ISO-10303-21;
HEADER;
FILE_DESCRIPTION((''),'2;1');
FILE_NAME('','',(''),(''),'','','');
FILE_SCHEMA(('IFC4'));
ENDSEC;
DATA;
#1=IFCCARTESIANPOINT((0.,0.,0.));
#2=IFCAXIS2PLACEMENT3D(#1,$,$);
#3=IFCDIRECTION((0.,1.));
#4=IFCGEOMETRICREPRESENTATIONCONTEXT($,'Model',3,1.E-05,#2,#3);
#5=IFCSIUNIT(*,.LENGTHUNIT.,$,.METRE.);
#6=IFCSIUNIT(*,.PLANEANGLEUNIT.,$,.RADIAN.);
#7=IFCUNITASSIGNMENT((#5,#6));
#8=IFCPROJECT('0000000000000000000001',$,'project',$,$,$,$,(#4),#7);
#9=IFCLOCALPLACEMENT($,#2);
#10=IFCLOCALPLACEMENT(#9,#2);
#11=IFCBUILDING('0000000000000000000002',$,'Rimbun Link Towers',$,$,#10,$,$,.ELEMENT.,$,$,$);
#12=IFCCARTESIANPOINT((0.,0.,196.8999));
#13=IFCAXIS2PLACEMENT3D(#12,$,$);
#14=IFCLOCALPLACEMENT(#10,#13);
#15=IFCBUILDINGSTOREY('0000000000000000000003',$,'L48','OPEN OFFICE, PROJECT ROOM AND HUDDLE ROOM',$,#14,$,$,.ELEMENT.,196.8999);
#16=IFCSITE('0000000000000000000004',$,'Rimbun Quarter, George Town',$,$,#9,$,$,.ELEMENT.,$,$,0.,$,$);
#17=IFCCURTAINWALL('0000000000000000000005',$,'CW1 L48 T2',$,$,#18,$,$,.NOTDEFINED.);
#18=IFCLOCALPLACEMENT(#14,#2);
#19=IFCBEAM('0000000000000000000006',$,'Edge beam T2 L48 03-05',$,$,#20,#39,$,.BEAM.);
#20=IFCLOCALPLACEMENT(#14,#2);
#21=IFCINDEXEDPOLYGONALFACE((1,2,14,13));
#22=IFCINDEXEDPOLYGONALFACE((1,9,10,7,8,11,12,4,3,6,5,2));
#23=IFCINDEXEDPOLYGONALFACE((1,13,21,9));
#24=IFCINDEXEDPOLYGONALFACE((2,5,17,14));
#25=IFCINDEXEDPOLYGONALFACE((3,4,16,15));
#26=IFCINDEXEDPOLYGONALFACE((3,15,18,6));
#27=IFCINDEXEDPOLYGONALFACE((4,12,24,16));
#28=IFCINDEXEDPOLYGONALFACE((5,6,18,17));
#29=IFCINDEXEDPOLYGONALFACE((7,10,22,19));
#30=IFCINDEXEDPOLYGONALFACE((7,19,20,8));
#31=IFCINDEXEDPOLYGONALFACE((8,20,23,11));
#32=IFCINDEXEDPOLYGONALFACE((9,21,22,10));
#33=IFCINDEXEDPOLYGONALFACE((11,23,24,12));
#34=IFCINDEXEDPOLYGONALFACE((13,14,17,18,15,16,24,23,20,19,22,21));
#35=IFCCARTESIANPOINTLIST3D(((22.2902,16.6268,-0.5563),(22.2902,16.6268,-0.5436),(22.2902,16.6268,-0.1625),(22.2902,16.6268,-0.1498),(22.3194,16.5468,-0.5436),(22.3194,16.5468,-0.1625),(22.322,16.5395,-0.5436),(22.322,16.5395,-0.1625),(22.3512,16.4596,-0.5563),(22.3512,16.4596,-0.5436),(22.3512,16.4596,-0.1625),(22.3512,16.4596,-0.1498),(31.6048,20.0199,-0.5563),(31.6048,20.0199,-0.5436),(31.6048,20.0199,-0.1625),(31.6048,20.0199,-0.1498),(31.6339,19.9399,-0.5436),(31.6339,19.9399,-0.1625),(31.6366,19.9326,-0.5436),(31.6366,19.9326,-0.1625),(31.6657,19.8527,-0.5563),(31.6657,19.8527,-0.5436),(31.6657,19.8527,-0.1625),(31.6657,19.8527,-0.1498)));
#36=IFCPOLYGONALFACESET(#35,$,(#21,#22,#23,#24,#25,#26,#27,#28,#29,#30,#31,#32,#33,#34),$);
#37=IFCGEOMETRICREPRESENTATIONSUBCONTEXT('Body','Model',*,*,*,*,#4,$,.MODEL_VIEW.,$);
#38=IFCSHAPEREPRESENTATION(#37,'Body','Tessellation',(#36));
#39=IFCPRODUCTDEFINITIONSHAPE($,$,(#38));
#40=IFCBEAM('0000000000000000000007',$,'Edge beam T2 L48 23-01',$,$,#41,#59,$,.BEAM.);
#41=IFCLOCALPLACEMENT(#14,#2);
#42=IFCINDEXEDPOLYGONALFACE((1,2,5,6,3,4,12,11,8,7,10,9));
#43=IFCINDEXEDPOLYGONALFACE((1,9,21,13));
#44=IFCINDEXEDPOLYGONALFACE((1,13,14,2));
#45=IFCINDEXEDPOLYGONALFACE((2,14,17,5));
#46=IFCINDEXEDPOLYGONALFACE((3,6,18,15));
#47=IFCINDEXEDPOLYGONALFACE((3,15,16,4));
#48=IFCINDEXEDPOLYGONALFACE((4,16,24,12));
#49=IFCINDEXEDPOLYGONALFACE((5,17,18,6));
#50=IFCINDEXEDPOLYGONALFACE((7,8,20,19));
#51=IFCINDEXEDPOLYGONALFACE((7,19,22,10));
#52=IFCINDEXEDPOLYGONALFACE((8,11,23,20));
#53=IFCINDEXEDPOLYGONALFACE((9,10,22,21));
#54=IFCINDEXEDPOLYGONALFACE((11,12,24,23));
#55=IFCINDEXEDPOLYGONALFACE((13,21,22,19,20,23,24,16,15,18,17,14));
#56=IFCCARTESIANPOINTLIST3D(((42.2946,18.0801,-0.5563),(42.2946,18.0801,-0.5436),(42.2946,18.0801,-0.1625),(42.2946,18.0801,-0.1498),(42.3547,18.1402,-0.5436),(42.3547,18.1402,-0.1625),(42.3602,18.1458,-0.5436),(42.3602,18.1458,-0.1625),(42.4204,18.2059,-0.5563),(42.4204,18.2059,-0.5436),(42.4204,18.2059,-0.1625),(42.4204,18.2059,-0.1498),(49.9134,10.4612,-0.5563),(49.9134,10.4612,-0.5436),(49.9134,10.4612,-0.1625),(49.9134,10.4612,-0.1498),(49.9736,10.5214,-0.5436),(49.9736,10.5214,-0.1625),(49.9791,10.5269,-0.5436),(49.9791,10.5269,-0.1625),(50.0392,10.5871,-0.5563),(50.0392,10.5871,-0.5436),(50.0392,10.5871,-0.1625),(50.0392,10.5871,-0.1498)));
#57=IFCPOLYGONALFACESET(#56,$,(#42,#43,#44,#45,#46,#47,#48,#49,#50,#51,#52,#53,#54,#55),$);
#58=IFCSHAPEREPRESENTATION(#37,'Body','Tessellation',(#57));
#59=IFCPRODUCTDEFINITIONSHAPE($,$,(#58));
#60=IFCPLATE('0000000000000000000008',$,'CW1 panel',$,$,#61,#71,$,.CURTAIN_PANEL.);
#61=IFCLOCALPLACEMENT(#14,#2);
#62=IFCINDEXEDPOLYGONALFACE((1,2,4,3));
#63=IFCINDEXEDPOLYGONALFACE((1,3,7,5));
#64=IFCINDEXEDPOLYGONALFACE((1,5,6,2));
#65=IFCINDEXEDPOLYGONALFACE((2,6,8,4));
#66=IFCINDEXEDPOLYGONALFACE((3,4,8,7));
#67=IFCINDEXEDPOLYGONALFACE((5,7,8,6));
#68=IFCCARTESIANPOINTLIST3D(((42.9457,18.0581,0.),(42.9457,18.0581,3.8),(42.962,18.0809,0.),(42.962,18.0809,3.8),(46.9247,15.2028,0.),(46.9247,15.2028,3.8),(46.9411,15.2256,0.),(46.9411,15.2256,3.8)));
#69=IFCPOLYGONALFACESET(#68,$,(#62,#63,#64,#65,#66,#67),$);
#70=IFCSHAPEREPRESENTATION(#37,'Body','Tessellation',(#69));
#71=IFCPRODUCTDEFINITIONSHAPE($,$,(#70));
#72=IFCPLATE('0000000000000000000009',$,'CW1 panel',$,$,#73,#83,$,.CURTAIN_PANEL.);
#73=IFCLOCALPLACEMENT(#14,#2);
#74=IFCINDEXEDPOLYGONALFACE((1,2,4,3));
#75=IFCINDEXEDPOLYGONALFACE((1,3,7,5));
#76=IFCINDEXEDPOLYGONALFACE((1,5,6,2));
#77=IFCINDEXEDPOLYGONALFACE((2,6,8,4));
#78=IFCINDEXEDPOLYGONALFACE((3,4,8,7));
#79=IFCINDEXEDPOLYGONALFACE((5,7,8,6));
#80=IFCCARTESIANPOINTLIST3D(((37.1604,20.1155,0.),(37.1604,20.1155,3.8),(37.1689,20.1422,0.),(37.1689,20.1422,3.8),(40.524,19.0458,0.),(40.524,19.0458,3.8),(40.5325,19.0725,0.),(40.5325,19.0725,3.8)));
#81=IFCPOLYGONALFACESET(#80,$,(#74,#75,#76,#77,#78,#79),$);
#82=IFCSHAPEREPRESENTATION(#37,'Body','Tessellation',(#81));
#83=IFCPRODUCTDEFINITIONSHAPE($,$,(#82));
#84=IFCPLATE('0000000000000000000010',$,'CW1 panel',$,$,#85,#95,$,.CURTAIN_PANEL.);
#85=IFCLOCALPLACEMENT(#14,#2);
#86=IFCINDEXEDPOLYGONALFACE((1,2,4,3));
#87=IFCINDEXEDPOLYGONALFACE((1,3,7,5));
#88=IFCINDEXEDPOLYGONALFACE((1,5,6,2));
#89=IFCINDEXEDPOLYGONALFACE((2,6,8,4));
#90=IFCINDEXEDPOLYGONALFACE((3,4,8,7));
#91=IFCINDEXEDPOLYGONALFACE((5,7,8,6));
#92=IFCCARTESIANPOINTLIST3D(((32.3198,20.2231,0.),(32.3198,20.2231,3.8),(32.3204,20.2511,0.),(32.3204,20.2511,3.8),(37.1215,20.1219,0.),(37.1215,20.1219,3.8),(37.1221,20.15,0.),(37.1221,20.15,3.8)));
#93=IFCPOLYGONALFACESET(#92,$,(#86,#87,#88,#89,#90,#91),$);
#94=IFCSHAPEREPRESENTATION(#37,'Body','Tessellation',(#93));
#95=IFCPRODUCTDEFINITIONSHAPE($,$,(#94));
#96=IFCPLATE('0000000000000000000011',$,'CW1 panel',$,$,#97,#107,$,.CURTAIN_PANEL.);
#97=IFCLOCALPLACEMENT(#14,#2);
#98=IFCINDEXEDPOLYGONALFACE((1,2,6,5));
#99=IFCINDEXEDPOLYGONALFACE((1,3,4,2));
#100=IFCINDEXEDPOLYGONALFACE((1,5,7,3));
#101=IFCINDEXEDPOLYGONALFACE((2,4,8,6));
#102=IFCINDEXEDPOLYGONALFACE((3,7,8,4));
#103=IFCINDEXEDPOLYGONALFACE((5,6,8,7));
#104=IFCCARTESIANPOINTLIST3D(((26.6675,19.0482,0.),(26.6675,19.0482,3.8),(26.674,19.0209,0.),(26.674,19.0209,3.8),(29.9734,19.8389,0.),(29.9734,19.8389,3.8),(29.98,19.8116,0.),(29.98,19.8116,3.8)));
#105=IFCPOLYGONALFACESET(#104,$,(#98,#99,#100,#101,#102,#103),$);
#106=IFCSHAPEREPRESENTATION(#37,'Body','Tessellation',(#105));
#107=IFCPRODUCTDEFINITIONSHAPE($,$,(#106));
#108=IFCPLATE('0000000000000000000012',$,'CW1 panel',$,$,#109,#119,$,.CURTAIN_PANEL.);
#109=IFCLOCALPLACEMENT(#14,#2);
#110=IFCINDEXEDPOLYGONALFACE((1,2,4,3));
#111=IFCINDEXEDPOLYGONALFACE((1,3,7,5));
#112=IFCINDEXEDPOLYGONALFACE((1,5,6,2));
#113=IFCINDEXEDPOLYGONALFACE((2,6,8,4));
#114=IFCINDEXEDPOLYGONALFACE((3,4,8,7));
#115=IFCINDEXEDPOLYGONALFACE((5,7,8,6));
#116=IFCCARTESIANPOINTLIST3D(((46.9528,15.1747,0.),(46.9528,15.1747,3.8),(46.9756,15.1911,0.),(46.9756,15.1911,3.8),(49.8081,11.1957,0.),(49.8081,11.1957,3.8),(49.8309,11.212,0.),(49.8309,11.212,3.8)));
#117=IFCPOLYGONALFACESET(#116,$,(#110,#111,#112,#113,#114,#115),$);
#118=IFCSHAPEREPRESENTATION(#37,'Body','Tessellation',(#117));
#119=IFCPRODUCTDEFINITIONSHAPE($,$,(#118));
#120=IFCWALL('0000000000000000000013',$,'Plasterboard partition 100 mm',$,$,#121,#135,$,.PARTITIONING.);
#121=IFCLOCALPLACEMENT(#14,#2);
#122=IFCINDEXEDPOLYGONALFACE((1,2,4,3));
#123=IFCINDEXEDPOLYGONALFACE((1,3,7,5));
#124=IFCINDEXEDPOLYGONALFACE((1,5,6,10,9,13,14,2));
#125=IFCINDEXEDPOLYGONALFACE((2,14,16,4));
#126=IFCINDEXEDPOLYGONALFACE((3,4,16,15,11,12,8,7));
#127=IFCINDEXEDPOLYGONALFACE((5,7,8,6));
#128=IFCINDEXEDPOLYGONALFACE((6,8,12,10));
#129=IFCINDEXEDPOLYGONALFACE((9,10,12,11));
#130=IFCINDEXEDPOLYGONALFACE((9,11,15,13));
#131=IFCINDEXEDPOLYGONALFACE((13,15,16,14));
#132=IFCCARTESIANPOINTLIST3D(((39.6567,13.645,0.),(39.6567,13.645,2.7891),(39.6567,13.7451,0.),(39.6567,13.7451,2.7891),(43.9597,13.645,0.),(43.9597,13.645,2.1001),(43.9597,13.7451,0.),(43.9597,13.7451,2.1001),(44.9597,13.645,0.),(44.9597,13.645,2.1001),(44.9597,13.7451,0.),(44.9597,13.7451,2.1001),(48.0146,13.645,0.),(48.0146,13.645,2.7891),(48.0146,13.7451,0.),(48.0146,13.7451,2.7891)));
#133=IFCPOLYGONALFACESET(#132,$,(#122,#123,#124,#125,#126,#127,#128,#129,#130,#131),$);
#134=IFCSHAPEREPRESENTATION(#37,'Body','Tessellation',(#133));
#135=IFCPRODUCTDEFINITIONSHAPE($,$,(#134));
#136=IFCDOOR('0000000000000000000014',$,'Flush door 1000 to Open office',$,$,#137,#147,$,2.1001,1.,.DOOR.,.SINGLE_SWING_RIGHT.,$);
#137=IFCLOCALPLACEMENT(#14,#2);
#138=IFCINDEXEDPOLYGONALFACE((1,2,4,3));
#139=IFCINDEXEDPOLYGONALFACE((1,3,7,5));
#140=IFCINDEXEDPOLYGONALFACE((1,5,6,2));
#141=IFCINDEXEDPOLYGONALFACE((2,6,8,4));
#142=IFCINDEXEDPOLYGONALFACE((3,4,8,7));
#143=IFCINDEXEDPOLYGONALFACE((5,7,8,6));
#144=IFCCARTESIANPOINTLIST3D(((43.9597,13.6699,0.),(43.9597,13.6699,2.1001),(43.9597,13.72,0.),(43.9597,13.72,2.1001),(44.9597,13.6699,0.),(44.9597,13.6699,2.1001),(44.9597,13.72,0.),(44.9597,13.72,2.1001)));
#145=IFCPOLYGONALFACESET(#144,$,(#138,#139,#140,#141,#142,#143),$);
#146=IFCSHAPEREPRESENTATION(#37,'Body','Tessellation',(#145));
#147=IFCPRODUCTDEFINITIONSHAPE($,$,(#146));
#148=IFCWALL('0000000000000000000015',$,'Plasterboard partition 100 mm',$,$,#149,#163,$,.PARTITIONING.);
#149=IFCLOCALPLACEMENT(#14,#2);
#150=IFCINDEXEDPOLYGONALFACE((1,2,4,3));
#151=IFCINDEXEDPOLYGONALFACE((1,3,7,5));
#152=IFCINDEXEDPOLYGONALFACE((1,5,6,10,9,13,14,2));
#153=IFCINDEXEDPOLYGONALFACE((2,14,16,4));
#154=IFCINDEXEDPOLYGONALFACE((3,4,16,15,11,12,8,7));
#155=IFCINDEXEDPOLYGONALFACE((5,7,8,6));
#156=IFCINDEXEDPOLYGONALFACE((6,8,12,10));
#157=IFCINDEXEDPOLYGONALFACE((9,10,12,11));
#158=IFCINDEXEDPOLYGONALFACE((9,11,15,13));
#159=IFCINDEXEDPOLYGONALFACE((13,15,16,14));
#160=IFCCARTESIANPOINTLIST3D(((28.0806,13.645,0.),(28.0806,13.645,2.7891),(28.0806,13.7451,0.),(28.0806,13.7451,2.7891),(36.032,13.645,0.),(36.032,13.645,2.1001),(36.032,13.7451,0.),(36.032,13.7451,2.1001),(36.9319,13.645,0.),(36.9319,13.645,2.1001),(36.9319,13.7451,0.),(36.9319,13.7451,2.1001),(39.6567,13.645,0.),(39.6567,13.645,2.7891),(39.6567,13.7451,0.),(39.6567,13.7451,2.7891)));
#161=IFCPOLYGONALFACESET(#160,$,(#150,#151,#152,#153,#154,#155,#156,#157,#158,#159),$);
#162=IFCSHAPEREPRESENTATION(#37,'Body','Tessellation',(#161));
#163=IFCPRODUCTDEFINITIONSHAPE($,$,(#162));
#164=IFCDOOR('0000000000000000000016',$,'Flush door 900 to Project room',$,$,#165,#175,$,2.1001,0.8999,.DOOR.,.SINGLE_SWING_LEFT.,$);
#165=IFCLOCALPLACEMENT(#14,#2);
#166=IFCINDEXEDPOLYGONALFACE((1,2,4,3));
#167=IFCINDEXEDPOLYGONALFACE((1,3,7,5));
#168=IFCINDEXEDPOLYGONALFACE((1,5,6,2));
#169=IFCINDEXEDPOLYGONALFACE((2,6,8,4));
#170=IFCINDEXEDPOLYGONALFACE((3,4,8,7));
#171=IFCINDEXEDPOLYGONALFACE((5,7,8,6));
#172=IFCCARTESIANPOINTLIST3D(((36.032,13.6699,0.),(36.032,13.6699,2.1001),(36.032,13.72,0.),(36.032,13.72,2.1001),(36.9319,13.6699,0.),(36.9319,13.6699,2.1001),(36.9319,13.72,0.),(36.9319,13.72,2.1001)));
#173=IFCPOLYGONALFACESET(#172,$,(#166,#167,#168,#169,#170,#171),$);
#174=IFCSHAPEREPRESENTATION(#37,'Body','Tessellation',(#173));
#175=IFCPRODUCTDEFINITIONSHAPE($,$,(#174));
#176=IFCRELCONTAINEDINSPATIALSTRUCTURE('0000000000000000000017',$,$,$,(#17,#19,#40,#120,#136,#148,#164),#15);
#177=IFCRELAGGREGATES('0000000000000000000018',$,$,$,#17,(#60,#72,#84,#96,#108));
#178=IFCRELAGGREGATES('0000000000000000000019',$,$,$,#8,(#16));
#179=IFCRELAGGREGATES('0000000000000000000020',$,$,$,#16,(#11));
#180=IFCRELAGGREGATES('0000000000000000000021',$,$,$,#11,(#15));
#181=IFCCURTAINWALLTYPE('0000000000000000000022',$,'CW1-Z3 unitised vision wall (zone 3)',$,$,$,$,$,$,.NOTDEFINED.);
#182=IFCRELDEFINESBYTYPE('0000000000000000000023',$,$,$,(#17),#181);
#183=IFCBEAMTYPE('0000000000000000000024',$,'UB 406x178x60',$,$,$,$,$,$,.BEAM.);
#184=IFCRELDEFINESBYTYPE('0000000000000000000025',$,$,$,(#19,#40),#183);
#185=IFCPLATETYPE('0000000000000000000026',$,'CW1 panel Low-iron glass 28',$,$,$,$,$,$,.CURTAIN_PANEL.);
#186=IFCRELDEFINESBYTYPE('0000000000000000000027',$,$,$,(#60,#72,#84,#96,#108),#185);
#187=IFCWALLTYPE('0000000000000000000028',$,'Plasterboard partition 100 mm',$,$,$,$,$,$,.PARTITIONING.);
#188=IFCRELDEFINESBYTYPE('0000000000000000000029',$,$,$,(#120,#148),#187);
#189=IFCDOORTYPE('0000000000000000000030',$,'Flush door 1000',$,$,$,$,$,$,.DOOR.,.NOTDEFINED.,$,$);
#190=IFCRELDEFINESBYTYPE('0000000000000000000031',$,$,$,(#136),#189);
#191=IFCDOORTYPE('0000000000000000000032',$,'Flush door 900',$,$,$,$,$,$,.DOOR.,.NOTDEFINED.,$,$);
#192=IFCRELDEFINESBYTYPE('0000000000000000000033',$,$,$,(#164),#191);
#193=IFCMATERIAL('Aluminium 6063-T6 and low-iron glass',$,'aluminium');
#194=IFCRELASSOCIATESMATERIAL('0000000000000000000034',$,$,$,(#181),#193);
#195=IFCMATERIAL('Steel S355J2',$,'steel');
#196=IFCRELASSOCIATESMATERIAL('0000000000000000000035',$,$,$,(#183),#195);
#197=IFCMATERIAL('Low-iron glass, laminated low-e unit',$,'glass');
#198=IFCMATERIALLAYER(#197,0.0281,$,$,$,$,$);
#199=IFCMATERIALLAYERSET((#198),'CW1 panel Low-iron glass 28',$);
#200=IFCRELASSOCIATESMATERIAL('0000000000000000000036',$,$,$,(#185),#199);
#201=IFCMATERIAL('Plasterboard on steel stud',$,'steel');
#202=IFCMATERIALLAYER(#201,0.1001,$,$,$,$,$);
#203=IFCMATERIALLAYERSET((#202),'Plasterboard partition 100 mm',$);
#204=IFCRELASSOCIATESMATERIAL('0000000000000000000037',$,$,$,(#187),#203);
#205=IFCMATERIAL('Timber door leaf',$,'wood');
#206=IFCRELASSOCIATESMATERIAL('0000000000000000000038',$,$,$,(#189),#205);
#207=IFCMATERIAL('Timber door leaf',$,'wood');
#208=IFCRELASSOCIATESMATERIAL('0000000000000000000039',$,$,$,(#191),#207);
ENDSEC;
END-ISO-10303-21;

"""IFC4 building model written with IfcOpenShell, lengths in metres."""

from ifc_helpers import new_model, si_unit, direction, frame, frame_2d, origin, origin_2d, place, context, subcontext, project, spatial, rectangle, i_section, extrude, material, layer, layer_set, material_profile, profile_set, type_object, element, fill, aggregate, save


model = new_model("IFC4")

# Units and contexts
model_context = context("Model", 3, precision=1e-05, world=origin(), true_north=direction((0.0, 1.0)))
body_context = subcontext(model_context, "Body", "Model", "MODEL_VIEW")
ifc_project = project(units=[si_unit("LENGTHUNIT", "METRE"), si_unit("PLANEANGLEUNIT", "RADIAN")], contexts=[model_context])

# Site, building, storey
site_placement = place(None, origin())
site = spatial("IfcSite", under=ifc_project, at=site_placement, Name="Rimbun Quarter, George Town", CompositionType="ELEMENT", RefElevation=0.0)
building_placement = place(site_placement, origin())
building = spatial("IfcBuilding", under=site, at=building_placement, Name="Rimbun Link Towers", CompositionType="ELEMENT")
storey_placement = place(building_placement, frame((0.0, 0.0, 196.8999)))
storey = spatial("IfcBuildingStorey", under=building, at=storey_placement, Name="L48", Description="OPEN OFFICE, PROJECT ROOM AND HUDDLE ROOM", CompositionType="ELEMENT", Elevation=196.8999)

# Curtain wall
ifc_material_1 = material(Name="Aluminium 6063-T6 and low-iron glass", Category="aluminium")
curtain_wall_type = type_object("IfcCurtainWallType", Name="CW1-Z3 unitised vision wall (zone 3)", PredefinedType="NOTDEFINED", material=ifc_material_1)
curtain_wall_placement = place(storey_placement, origin())
curtain_wall = element("IfcCurtainWall", 1, at=curtain_wall_placement, inside=storey, type_object=curtain_wall_type, Name="CW1 L48 T2", PredefinedType="NOTDEFINED")

# Beams
ifc_material_2 = material(Name="Steel S355J2", Category="steel")
ifc_material_profile_1 = material_profile(ifc_material_2, i_section(OverallWidth=0.178, OverallDepth=0.4065, WebThickness=0.0078, FlangeThickness=0.0127, at=origin_2d()), Name="UB 406x178x60")
ifc_profile_set_1 = profile_set([ifc_material_profile_1], Name="Steel S355J2")
beam_type = type_object("IfcBeamType", Name="UB 406x178x60", PredefinedType="BEAM", material=ifc_profile_set_1)
beam_1_placement = place(storey_placement, frame((31.6353, 19.9363, -0.353), z_axis=(-0.939599, -0.342277, 0.0), x_axis=(0.342277, -0.939599, 0.0)))
element("IfcBeam", 2, at=beam_1_placement, inside=storey, type_object=beam_type, Name="Edge beam T2 L48 03-05", PredefinedType="BEAM", context=body_context, shape_type="SweptSolid", body=[
    extrude(i_section(OverallWidth=0.178, OverallDepth=0.4065, WebThickness=0.0078, FlangeThickness=0.0127, at=origin_2d()), origin(), (0.0, 0.0, 1.0), 9.9133),
])
beam_2_placement = place(storey_placement, frame((49.9763, 10.5242, -0.353), z_axis=(-0.707107, 0.707107, 0.0), x_axis=(-0.707107, -0.707107, 0.0)))
element("IfcBeam", 3, at=beam_2_placement, inside=storey, type_object=beam_type, Name="Edge beam T2 L48 23-01", PredefinedType="BEAM", context=body_context, shape_type="SweptSolid", body=[
    extrude(i_section(OverallWidth=0.178, OverallDepth=0.4065, WebThickness=0.0078, FlangeThickness=0.0127, at=origin_2d()), origin(), (0.0, 0.0, 1.0), 10.7747),
])

# Plates
ifc_material_3 = material(Name="Low-iron glass, laminated low-e unit", Category="glass")
ifc_layer_1 = layer(ifc_material_3, 0.0281)
ifc_layer_set_1 = layer_set([ifc_layer_1], Name="CW1 panel Low-iron glass 28")
plate_type = type_object("IfcPlateType", Name="CW1 panel Low-iron glass 28", PredefinedType="CURTAIN_PANEL", material=ifc_layer_set_1)
plate_1_placement = place(storey_placement, frame((44.9434, 16.6418, 0.0), z_axis=(0.0, 0.0, 1.0), x_axis=(0.812465, -0.583009, 0.0)))
plate_1 = element("IfcPlate", 4, at=plate_1_placement, type_object=plate_type, Name="CW1 panel", PredefinedType="CURTAIN_PANEL", context=body_context, shape_type="SweptSolid", body=[
    extrude(rectangle(XDim=4.8975, YDim=0.0281, at=origin_2d()), origin(), (0.0, 0.0, 1.0), 3.8),
])
plate_2_placement = place(storey_placement, frame((38.8464, 19.594, 0.0), z_axis=(0.0, 0.0, 1.0), x_axis=(0.952968, -0.303071, 0.0)))
plate_2 = element("IfcPlate", 5, at=plate_2_placement, type_object=plate_type, Name="CW1 panel", PredefinedType="CURTAIN_PANEL", context=body_context, shape_type="SweptSolid", body=[
    extrude(rectangle(XDim=3.5295, YDim=0.0281, at=origin_2d()), origin(), (0.0, 0.0, 1.0), 3.8),
])
plate_3_placement = place(storey_placement, frame((34.7209, 20.1865, 0.0), z_axis=(0.0, 0.0, 1.0), x_axis=(0.999778, -0.021066, 0.0)))
plate_3 = element("IfcPlate", 6, at=plate_3_placement, type_object=plate_type, Name="CW1 panel", PredefinedType="CURTAIN_PANEL", context=body_context, shape_type="SweptSolid", body=[
    extrude(rectangle(XDim=4.8027, YDim=0.0281, at=origin_2d()), origin(), (0.0, 0.0, 1.0), 3.8),
])
plate_4_placement = place(storey_placement, frame((28.3237, 19.4299, 0.0), z_axis=(0.0, 0.0, 1.0), x_axis=(0.972569, 0.232616, 0.0)))
plate_4 = element("IfcPlate", 7, at=plate_4_placement, type_object=plate_type, Name="CW1 panel", PredefinedType="CURTAIN_PANEL", context=body_context, shape_type="SweptSolid", body=[
    extrude(rectangle(XDim=3.3992, YDim=0.0281, at=origin_2d()), origin(), (0.0, 0.0, 1.0), 3.8),
])
plate_5_placement = place(storey_placement, frame((48.3918, 13.1934, 0.0), z_axis=(0.0, 0.0, 1.0), x_axis=(0.583009, -0.812465, 0.0)))
plate_5 = element("IfcPlate", 8, at=plate_5_placement, type_object=plate_type, Name="CW1 panel", PredefinedType="CURTAIN_PANEL", context=body_context, shape_type="SweptSolid", body=[
    extrude(rectangle(XDim=4.8975, YDim=0.0281, at=origin_2d()), origin(), (0.0, 0.0, 1.0), 3.8),
])
aggregate(curtain_wall, [plate_1, plate_2, plate_3, plate_4, plate_5])

# Walls, openings, doors
ifc_material_4 = material(Name="Plasterboard on steel stud", Category="steel")
ifc_layer_2 = layer(ifc_material_4, 0.1001)
ifc_layer_set_2 = layer_set([ifc_layer_2], Name="Plasterboard partition 100 mm")
wall_type = type_object("IfcWallType", Name="Plasterboard partition 100 mm", PredefinedType="PARTITIONING", material=ifc_layer_set_2)
wall_1_placement = place(storey_placement, frame((39.6567, 13.6951, 0.0), z_axis=(0.0, 0.0, 1.0), x_axis=(1.0, 0.0, 0.0)))
wall_1 = element("IfcWall", 9, at=wall_1_placement, inside=storey, type_object=wall_type, Name="Plasterboard partition 100 mm", PredefinedType="PARTITIONING", context=body_context, shape_type="SweptSolid", body=[
    extrude(rectangle(XDim=8.3579, YDim=0.1001, at=frame_2d((4.179, 0.0))), origin(), (0.0, 0.0, 1.0), 2.7891),
])
opening_1_placement = place(wall_1_placement, frame((4.303, 0.0, 0.0)))
opening_1 = element("IfcOpeningElement", 10, at=opening_1_placement, cuts=wall_1, PredefinedType="OPENING", context=body_context, shape_type="SweptSolid", body=[
    extrude(rectangle(XDim=1.0, YDim=2.1001, at=frame_2d((0.5, 1.05))), frame((0.0, 0.0601, 0.0), z_axis=(0.0, -1.0, 0.0), x_axis=(1.0, 0.0, 0.0)), (0.0, 0.0, 1.0), 0.1201),
])
ifc_material_5 = material(Name="Timber door leaf", Category="wood")
door_type_1 = type_object("IfcDoorType", Name="Flush door 1000", OperationType="NOTDEFINED", PredefinedType="DOOR", material=ifc_material_5)
door_1_placement = place(opening_1_placement, origin())
door_1 = element("IfcDoor", 11, at=door_1_placement, inside=storey, type_object=door_type_1, Name="Flush door 1000 to Open office", OperationType="SINGLE_SWING_RIGHT", OverallHeight=2.1001, OverallWidth=1.0, PredefinedType="DOOR", context=body_context, shape_type="SweptSolid", body=[
    extrude(rectangle(XDim=1.0, YDim=2.1001, at=frame_2d((0.5, 1.05))), frame((0.0, 0.0249, 0.0), z_axis=(0.0, -1.0, 0.0), x_axis=(1.0, 0.0, 0.0)), (0.0, 0.0, 1.0), 0.05),
])
fill(opening_1, door_1)
wall_2_placement = place(storey_placement, frame((28.0806, 13.6951, 0.0), z_axis=(0.0, 0.0, 1.0), x_axis=(1.0, 0.0, 0.0)))
wall_2 = element("IfcWall", 12, at=wall_2_placement, inside=storey, type_object=wall_type, Name="Plasterboard partition 100 mm", PredefinedType="PARTITIONING", context=body_context, shape_type="SweptSolid", body=[
    extrude(rectangle(XDim=11.5762, YDim=0.1001, at=frame_2d((5.7881, 0.0))), origin(), (0.0, 0.0, 1.0), 2.7891),
])
opening_2_placement = place(wall_2_placement, frame((7.9514, 0.0, 0.0)))
opening_2 = element("IfcOpeningElement", 13, at=opening_2_placement, cuts=wall_2, PredefinedType="OPENING", context=body_context, shape_type="SweptSolid", body=[
    extrude(rectangle(XDim=0.8999, YDim=2.1001, at=frame_2d((0.45, 1.05))), frame((0.0, 0.0601, 0.0), z_axis=(0.0, -1.0, 0.0), x_axis=(1.0, 0.0, 0.0)), (0.0, 0.0, 1.0), 0.1201),
])
ifc_material_6 = material(Name="Timber door leaf", Category="wood")
door_type_2 = type_object("IfcDoorType", Name="Flush door 900", OperationType="NOTDEFINED", PredefinedType="DOOR", material=ifc_material_6)
door_2_placement = place(opening_2_placement, origin())
door_2 = element("IfcDoor", 14, at=door_2_placement, inside=storey, type_object=door_type_2, Name="Flush door 900 to Project room", OperationType="SINGLE_SWING_LEFT", OverallHeight=2.1001, OverallWidth=0.8999, PredefinedType="DOOR", context=body_context, shape_type="SweptSolid", body=[
    extrude(rectangle(XDim=0.8999, YDim=2.1001, at=frame_2d((0.45, 1.05))), frame((0.0, 0.0249, 0.0), z_axis=(0.0, -1.0, 0.0), x_axis=(1.0, 0.0, 0.0)), (0.0, 0.0, 1.0), 0.05),
])
fill(opening_2, door_2)

save(model, "model.ifc")
